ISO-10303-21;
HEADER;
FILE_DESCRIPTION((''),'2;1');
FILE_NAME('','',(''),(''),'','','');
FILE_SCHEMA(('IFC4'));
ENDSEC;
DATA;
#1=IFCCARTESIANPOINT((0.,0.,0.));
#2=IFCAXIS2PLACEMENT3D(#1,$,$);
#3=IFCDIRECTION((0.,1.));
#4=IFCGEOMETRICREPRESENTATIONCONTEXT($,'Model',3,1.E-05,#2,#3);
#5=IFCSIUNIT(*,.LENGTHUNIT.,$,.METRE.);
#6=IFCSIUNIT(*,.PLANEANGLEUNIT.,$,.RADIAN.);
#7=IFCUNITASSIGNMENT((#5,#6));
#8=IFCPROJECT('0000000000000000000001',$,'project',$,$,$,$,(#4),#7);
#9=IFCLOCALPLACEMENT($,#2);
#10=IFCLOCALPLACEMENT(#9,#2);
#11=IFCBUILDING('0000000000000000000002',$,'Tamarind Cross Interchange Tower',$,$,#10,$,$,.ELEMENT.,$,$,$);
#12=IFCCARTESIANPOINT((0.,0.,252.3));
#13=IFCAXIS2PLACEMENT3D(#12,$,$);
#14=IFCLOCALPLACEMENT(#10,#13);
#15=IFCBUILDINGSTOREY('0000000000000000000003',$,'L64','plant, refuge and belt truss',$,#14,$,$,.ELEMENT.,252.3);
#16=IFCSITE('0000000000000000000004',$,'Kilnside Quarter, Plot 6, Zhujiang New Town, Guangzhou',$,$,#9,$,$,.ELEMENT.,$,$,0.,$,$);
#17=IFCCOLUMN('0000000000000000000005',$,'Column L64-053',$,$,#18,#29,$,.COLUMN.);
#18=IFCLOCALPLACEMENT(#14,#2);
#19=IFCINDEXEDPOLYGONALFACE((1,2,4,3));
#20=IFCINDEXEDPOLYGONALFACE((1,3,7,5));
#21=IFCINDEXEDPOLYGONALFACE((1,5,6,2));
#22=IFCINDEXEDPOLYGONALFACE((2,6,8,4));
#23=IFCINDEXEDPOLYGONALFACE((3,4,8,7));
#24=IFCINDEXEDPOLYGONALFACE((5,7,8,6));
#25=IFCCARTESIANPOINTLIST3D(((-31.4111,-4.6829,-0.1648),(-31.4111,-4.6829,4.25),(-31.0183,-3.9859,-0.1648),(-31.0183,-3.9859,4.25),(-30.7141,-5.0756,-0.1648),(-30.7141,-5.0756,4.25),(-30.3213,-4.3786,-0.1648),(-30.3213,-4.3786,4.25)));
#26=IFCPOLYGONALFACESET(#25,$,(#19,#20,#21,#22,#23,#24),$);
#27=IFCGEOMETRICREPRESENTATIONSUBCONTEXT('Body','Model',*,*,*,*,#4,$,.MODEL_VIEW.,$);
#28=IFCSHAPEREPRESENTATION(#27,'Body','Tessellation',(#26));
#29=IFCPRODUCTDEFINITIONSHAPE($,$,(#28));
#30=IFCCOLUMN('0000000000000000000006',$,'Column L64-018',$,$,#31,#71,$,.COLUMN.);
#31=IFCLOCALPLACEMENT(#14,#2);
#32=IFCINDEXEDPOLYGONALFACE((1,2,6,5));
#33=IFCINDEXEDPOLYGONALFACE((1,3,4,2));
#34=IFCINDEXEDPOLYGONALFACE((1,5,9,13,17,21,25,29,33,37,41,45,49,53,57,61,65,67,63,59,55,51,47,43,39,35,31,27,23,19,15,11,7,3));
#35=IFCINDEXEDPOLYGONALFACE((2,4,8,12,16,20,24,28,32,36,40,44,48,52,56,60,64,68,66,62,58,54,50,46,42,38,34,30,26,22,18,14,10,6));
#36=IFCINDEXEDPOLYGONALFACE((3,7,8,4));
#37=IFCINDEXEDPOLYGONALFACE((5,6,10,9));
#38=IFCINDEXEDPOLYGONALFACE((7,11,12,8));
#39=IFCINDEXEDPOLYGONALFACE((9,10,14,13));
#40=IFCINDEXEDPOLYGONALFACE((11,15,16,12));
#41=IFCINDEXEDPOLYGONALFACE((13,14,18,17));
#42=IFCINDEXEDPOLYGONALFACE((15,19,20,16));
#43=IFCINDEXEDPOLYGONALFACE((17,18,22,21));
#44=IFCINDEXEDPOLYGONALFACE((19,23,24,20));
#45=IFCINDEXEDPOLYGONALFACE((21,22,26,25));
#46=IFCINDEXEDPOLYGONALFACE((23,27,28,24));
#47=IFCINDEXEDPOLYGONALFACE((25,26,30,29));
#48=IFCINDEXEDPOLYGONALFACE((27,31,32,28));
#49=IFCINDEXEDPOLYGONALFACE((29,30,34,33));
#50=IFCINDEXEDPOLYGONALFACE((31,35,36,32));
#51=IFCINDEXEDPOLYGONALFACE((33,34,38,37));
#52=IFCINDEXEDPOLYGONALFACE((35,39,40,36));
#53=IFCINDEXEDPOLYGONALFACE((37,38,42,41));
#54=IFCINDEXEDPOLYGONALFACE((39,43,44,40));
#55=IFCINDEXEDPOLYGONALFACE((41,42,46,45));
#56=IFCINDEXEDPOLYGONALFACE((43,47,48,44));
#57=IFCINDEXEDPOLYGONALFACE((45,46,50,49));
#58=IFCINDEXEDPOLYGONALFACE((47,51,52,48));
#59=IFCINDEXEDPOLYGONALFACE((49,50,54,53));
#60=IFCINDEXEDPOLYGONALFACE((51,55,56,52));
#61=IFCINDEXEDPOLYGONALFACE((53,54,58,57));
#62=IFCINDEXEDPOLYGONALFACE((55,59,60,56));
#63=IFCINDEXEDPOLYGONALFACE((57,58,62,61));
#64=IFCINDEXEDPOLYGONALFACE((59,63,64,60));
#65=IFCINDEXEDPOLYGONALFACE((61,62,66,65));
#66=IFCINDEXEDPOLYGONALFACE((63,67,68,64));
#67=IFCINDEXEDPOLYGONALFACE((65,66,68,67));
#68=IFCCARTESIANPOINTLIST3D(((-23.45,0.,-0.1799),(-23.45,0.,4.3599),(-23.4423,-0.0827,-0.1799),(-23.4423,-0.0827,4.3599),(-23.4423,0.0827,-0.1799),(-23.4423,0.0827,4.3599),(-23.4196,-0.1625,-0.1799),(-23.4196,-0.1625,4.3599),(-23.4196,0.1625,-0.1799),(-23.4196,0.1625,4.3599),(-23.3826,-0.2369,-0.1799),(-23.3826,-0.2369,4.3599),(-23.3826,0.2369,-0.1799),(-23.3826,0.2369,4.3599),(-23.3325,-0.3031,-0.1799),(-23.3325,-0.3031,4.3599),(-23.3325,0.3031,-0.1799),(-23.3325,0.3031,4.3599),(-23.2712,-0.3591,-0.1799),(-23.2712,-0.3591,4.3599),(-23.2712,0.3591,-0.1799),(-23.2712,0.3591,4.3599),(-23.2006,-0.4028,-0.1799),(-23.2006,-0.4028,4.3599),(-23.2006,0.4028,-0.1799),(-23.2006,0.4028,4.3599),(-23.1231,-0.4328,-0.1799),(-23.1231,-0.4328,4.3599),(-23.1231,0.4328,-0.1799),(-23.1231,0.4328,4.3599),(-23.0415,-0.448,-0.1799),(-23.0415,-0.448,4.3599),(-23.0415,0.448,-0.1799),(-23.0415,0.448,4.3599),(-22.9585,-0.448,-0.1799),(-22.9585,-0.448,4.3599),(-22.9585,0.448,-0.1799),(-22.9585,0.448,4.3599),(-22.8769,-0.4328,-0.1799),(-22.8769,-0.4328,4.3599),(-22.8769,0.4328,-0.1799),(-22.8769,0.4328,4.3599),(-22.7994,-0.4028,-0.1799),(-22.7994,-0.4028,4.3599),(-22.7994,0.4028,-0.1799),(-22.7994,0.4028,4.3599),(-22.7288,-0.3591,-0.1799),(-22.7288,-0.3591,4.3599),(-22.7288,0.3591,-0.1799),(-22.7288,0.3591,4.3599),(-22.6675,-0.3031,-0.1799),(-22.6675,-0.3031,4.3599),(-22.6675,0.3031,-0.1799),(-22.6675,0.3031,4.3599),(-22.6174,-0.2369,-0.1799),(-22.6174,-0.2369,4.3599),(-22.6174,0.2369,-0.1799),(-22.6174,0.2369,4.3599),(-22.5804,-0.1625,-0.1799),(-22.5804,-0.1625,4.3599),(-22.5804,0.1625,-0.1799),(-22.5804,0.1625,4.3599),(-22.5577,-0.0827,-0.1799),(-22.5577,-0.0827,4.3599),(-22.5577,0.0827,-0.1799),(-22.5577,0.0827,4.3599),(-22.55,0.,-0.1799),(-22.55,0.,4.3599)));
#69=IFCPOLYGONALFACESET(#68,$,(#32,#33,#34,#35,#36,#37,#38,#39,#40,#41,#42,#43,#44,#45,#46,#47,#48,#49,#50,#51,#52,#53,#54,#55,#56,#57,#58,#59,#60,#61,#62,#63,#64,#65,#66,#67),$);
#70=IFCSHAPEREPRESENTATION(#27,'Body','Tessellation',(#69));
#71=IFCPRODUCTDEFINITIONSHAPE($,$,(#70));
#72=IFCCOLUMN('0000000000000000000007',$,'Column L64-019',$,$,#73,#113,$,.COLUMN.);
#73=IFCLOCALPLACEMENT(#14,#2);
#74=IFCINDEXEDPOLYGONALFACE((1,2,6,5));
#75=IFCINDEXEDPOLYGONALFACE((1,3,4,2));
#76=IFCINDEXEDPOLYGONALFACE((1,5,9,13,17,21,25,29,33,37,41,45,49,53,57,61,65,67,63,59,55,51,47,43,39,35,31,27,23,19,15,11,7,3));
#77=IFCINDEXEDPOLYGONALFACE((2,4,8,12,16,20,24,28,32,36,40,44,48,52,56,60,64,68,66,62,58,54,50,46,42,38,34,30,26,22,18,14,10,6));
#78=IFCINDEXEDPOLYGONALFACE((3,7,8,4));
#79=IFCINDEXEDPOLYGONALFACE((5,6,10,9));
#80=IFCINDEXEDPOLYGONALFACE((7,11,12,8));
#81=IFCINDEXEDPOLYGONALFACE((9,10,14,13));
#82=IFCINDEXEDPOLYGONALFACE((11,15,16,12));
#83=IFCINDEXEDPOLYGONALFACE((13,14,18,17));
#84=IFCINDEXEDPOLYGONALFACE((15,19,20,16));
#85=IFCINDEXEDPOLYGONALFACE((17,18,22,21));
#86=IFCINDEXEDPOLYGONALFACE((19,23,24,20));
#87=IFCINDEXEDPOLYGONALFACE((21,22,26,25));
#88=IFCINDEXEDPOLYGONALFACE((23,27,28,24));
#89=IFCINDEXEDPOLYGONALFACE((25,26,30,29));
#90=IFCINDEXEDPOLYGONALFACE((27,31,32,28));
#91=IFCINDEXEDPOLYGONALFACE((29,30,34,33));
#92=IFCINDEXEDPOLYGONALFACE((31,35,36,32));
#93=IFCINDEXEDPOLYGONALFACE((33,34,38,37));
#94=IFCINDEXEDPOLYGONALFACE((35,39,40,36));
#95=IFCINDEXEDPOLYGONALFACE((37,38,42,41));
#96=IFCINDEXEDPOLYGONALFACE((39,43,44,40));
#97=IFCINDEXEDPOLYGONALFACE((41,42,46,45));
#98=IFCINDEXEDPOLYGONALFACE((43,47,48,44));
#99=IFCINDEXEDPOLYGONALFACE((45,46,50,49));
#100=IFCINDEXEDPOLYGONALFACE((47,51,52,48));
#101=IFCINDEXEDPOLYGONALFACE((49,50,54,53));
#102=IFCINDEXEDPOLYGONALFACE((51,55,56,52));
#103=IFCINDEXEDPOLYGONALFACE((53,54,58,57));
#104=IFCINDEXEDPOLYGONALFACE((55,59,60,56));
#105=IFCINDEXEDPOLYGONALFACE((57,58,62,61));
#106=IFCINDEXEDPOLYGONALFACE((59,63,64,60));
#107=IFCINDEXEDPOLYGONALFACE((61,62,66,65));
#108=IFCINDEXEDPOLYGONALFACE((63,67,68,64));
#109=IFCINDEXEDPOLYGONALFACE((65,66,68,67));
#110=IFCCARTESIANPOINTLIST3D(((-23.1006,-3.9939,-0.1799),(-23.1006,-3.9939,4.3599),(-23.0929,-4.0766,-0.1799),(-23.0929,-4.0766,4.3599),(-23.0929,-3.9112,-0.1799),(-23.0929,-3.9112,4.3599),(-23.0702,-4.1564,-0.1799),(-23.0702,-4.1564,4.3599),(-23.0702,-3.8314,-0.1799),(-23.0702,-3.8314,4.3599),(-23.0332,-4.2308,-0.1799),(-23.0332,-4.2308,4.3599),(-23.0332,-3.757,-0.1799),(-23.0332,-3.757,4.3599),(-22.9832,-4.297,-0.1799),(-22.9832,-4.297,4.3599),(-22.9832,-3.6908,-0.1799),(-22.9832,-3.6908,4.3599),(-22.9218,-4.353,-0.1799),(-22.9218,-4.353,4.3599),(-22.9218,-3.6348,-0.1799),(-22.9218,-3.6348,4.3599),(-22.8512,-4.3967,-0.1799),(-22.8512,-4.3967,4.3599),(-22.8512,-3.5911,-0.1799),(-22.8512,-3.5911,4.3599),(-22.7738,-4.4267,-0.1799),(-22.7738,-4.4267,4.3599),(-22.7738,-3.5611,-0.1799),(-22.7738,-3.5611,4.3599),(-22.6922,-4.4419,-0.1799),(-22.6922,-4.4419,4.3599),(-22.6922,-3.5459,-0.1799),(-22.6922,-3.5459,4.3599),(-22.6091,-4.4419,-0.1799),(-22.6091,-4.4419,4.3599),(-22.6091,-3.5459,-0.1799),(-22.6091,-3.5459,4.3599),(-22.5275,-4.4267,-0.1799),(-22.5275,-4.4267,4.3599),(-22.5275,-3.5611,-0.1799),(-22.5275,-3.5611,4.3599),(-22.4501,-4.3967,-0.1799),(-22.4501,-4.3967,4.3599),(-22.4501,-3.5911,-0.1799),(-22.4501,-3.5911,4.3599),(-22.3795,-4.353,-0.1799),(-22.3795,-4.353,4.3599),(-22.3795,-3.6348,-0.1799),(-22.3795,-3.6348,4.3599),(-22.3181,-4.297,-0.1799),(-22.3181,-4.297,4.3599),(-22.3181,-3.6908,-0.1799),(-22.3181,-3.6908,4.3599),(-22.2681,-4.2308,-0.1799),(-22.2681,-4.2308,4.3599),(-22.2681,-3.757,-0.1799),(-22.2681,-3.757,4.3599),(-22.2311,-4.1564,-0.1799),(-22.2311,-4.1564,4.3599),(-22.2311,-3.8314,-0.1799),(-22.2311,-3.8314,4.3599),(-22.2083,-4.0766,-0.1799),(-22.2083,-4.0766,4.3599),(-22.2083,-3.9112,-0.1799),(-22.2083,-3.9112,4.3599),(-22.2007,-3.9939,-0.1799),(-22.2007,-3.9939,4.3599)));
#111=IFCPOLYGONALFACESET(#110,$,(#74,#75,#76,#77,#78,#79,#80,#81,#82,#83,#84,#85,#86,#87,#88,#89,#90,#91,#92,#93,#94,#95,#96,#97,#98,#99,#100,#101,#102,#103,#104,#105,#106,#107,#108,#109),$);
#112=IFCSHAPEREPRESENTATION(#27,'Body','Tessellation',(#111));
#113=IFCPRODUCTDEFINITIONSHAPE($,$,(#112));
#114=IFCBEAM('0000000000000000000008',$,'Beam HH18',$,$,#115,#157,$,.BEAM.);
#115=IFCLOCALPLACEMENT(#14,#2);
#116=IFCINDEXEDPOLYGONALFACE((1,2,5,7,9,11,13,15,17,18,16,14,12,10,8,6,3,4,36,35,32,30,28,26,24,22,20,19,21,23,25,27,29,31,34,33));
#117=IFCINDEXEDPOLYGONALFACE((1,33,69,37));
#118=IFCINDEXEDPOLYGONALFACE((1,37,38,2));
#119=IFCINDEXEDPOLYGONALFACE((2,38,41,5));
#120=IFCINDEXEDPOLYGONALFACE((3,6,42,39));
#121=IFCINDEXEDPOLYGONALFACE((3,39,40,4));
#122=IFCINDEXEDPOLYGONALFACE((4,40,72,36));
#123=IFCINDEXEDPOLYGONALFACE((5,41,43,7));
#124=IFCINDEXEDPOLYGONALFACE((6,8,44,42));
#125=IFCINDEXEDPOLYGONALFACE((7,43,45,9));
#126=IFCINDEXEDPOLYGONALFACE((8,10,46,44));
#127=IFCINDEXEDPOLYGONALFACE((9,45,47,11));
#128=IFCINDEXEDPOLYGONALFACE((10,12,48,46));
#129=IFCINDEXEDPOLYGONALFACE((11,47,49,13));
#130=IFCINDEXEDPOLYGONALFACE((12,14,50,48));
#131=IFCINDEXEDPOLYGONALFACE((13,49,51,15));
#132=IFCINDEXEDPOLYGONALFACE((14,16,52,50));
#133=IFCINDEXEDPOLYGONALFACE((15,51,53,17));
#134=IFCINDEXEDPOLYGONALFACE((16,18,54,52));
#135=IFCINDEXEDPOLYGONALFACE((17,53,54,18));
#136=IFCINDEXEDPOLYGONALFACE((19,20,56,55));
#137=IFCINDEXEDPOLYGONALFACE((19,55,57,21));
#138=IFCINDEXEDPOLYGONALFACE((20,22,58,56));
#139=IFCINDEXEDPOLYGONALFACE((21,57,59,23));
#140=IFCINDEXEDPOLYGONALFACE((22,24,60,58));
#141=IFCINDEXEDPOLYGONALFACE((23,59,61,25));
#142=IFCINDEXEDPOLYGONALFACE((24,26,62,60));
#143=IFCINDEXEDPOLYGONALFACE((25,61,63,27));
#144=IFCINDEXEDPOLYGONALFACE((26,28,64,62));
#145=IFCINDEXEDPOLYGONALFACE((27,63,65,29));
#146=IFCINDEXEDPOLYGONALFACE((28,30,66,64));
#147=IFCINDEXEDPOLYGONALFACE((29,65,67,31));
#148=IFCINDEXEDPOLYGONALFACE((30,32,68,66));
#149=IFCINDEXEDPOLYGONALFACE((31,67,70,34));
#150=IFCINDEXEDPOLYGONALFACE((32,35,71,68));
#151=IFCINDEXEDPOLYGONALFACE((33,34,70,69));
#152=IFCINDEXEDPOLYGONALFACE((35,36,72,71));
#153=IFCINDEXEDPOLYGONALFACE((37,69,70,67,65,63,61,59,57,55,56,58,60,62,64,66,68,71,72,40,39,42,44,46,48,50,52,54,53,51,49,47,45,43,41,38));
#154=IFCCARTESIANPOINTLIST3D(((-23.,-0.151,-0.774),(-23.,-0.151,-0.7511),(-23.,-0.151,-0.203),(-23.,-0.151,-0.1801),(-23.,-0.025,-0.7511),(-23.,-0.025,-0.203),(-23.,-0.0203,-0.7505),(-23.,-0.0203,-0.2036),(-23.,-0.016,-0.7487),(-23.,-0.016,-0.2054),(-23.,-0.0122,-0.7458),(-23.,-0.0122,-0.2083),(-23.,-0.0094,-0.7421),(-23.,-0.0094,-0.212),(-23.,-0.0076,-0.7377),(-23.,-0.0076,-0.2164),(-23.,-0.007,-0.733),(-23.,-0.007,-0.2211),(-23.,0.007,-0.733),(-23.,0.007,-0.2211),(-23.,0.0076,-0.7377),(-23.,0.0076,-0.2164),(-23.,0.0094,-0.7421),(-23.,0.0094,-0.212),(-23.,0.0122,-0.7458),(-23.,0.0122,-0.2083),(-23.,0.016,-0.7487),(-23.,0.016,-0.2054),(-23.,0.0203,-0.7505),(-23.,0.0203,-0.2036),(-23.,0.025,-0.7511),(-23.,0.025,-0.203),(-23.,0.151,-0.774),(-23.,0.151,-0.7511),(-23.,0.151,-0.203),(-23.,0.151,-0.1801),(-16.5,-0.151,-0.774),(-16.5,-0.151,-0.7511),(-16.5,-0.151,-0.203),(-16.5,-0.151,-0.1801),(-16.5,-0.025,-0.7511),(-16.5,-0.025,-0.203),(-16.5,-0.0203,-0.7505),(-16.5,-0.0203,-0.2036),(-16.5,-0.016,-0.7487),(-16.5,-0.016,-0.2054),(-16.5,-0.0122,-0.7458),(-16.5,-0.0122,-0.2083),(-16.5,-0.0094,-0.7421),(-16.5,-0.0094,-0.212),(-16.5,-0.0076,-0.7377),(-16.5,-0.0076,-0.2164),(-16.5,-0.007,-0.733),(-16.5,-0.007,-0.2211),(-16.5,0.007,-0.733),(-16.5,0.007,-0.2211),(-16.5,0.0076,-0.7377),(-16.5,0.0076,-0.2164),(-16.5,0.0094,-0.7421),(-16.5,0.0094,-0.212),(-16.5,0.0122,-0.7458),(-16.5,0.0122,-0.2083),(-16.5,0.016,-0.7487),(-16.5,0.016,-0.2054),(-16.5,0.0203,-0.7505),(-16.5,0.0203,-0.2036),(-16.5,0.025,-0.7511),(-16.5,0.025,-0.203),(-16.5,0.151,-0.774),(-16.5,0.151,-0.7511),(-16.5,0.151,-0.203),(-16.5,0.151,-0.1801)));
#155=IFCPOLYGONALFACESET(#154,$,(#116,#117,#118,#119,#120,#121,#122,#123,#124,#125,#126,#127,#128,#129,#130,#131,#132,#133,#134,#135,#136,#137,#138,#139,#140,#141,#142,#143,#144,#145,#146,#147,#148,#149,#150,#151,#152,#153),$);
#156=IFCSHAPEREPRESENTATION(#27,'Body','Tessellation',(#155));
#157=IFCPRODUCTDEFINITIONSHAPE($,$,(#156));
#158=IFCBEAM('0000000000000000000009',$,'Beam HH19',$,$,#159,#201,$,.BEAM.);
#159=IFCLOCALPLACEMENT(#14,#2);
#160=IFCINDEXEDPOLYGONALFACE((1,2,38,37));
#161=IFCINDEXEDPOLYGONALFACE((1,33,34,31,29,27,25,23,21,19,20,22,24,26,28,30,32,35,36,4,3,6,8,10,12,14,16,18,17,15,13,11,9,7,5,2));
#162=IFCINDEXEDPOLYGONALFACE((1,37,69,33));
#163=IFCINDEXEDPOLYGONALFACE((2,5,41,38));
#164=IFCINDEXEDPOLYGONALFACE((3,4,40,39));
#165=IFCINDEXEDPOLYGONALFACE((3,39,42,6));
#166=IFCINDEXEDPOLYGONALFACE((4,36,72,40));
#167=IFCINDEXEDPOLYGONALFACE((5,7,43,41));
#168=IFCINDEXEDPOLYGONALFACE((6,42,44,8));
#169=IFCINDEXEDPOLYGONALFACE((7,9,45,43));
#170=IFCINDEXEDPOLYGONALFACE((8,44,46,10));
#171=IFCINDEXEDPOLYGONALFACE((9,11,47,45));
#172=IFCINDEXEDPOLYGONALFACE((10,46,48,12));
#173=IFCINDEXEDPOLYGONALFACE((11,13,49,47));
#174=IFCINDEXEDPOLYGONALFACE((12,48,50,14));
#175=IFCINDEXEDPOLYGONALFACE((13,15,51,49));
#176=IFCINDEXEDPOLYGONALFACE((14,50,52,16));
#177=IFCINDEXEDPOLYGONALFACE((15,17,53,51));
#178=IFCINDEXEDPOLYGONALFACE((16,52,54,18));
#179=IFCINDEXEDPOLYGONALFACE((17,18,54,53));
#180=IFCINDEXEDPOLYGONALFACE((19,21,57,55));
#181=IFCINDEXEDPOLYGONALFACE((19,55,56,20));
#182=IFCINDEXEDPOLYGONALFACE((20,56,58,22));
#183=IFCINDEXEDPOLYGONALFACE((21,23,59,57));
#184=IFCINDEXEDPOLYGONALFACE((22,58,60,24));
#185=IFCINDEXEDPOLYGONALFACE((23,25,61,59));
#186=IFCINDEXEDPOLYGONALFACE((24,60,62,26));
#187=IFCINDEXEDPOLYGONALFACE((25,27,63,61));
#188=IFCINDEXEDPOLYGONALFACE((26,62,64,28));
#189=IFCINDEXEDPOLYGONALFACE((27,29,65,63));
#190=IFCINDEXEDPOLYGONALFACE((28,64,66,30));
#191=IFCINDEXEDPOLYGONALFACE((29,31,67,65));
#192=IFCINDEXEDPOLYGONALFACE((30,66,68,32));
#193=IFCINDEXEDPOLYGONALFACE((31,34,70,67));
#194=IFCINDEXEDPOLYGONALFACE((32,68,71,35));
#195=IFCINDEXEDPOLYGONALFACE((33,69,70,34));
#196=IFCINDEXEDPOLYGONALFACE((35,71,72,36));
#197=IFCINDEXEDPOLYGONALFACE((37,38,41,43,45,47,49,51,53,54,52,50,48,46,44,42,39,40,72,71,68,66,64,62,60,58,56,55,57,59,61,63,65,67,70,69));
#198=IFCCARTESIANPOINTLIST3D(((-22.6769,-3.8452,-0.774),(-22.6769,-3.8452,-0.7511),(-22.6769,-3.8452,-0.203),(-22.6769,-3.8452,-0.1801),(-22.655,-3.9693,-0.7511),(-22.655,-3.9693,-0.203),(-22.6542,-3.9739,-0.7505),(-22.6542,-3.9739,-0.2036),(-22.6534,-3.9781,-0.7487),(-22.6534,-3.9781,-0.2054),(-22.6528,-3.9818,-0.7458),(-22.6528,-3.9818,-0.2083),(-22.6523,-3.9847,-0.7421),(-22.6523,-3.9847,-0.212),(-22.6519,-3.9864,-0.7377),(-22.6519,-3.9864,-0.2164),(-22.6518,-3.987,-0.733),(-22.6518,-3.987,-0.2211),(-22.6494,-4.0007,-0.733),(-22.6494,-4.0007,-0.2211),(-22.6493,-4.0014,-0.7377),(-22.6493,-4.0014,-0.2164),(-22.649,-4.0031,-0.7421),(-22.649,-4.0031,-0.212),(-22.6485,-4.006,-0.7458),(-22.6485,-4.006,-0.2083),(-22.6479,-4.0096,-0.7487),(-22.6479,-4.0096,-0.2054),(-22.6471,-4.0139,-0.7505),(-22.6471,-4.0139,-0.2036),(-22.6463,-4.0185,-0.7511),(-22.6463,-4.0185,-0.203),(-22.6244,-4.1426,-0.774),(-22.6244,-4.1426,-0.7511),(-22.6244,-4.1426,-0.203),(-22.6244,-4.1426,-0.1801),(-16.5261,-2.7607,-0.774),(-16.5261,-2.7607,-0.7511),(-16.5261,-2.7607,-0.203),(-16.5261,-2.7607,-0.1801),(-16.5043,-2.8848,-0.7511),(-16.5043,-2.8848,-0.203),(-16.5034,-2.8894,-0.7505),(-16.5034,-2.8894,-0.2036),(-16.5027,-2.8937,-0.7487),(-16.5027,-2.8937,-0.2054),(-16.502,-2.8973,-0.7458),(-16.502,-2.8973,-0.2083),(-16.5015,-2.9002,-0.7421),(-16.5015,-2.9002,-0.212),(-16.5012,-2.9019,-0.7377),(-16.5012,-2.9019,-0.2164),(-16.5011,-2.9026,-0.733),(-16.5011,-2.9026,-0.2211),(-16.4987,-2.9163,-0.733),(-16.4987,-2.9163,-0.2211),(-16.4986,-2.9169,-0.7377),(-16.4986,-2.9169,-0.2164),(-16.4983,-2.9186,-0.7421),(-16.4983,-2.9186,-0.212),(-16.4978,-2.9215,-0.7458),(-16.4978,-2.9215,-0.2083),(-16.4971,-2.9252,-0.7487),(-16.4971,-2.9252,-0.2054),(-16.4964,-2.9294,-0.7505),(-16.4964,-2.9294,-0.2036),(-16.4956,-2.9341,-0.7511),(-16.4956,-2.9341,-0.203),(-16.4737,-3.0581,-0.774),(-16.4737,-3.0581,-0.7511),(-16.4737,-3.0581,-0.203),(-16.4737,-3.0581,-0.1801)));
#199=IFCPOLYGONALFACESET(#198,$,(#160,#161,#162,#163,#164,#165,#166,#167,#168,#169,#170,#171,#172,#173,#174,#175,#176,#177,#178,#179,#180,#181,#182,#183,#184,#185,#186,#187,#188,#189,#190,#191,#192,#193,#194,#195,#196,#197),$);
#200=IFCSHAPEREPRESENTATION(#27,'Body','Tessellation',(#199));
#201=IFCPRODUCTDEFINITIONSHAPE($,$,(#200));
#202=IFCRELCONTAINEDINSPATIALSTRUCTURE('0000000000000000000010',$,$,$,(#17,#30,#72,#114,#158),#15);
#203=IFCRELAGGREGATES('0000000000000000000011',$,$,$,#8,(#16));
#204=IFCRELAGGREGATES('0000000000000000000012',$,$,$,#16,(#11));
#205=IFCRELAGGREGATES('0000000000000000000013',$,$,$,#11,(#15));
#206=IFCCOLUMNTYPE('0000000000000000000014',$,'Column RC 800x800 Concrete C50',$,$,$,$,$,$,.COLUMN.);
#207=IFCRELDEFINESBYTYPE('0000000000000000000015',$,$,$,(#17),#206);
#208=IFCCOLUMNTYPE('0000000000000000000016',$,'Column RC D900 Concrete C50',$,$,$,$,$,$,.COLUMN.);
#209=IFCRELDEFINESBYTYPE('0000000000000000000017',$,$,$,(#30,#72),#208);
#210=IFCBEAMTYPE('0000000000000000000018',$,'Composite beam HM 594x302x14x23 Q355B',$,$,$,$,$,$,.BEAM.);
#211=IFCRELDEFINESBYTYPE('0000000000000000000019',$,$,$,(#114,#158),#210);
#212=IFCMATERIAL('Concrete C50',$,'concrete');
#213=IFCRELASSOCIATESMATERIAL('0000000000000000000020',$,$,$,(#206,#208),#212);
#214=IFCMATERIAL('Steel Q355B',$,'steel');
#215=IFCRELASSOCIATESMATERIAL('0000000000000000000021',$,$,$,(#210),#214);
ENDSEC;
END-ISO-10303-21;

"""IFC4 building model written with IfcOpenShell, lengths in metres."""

from ifc_helpers import new_model, si_unit, direction, frame, origin, origin_2d, place, context, subcontext, project, spatial, rectangle, circle, i_section, extrude, material, material_profile, profile_set, type_object, element, save


model = new_model("IFC4")

# Units and contexts
model_context = context("Model", 3, precision=1e-05, world=origin(), true_north=direction((0.0, 1.0)))
body_context = subcontext(model_context, "Body", "Model", "MODEL_VIEW")
ifc_project = project(units=[si_unit("LENGTHUNIT", "METRE"), si_unit("PLANEANGLEUNIT", "RADIAN")], contexts=[model_context])

# Site, building, storey
site_placement = place(None, origin())
site = spatial("IfcSite", under=ifc_project, at=site_placement, Name="Kilnside Quarter, Plot 6, Zhujiang New Town, Guangzhou", CompositionType="ELEMENT", RefElevation=0.0)
building_placement = place(site_placement, origin())
building = spatial("IfcBuilding", under=site, at=building_placement, Name="Tamarind Cross Interchange Tower", CompositionType="ELEMENT")
storey_placement = place(building_placement, frame((0.0, 0.0, 252.3)))
storey = spatial("IfcBuildingStorey", under=building, at=storey_placement, Name="L64", Description="plant, refuge and belt truss", CompositionType="ELEMENT", Elevation=252.3)

# Columns
ifc_material_1 = material(Name="Concrete C50", Category="concrete")
ifc_material_profile_1 = material_profile(ifc_material_1, rectangle(XDim=0.8, YDim=0.8, at=origin_2d()), Name="RC 800x800")
ifc_profile_set_1 = profile_set([ifc_material_profile_1], Name="Concrete C50")
column_type_1 = type_object("IfcColumnType", Name="Column RC 800x800 Concrete C50", PredefinedType="COLUMN", material=ifc_profile_set_1)
column_placement = place(storey_placement, frame((-30.8662, -4.5308, -0.1648), z_axis=(0.0, 0.0, 1.0), x_axis=(0.490928, 0.8712, 0.0)))
element("IfcColumn", 1, at=column_placement, inside=storey, type_object=column_type_1, Name="Column L64-053", PredefinedType="COLUMN", context=body_context, shape_type="SweptSolid", body=[
    extrude(rectangle(XDim=0.8, YDim=0.8, at=origin_2d()), origin(), (0.0, 0.0, 1.0), 4.4148),
])
ifc_material_profile_2 = material_profile(ifc_material_1, circle(Radius=0.45, at=origin_2d()), Name="RC D900")
ifc_profile_set_2 = profile_set([ifc_material_profile_2], Name="Concrete C50")
column_type_2 = type_object("IfcColumnType", Name="Column RC D900 Concrete C50", PredefinedType="COLUMN", material=ifc_profile_set_2)
for number, where, z_axis, x_axis, name in (
    (2, (-23.0, 0.0, -0.1799), (0.0, 0.0, 1.0), (1.0, 0.0, 0.0), "Column L64-018"),
    (3, (-22.6506, -3.9939, -0.1799), (0.0, 0.0, 1.0), (1.0, 0.0, 0.0), "Column L64-019"),
):
    element("IfcColumn", number, at=place(storey_placement, frame(where, z_axis=z_axis, x_axis=x_axis)), inside=storey, type_object=column_type_2, Name=name, PredefinedType="COLUMN", context=body_context, shape_type="SweptSolid", body=[
        extrude(circle(Radius=0.45, at=origin_2d()), origin(), (0.0, 0.0, 1.0), 4.5398),
    ])

# Beams
ifc_material_2 = material(Name="Steel Q355B", Category="steel")
ifc_material_profile_3 = material_profile(ifc_material_2, i_section(OverallWidth=0.302, OverallDepth=0.594, WebThickness=0.0139, FlangeThickness=0.0229, FilletRadius=0.0181, at=origin_2d()), Name="HM 594x302x14x23")
ifc_profile_set_3 = profile_set([ifc_material_profile_3], Name="Steel Q355B")
beam_type_1 = type_object("IfcBeamType", Name="Composite beam HM 594x302x14x23 Q355B", PredefinedType="BEAM", material=ifc_profile_set_3)
beam_1_placement = place(storey_placement, frame((-23.0, 0.0, -0.4771), z_axis=(1.0, 0.0, 0.0), x_axis=(0.0, 1.0, 0.0)))
element("IfcBeam", 4, at=beam_1_placement, inside=storey, type_object=beam_type_1, Name="Beam HH18", PredefinedType="BEAM", context=body_context, shape_type="SweptSolid", body=[
    extrude(i_section(OverallWidth=0.302, OverallDepth=0.594, WebThickness=0.0139, FlangeThickness=0.0229, FilletRadius=0.0181, at=origin_2d()), origin(), (0.0, 0.0, 1.0), 6.5),
])
beam_2_placement = place(storey_placement, frame((-22.6506, -3.9939, -0.4771), z_axis=(0.984809, 0.17364, 0.0), x_axis=(-0.17364, 0.984809, 0.0)))
element("IfcBeam", 5, at=beam_2_placement, inside=storey, type_object=beam_type_1, Name="Beam HH19", PredefinedType="BEAM", context=body_context, shape_type="SweptSolid", body=[
    extrude(i_section(OverallWidth=0.302, OverallDepth=0.594, WebThickness=0.0139, FlangeThickness=0.0229, FilletRadius=0.0181, at=origin_2d()), origin(), (0.0, 0.0, 1.0), 6.2456),
])

save(model, "model.ifc")
